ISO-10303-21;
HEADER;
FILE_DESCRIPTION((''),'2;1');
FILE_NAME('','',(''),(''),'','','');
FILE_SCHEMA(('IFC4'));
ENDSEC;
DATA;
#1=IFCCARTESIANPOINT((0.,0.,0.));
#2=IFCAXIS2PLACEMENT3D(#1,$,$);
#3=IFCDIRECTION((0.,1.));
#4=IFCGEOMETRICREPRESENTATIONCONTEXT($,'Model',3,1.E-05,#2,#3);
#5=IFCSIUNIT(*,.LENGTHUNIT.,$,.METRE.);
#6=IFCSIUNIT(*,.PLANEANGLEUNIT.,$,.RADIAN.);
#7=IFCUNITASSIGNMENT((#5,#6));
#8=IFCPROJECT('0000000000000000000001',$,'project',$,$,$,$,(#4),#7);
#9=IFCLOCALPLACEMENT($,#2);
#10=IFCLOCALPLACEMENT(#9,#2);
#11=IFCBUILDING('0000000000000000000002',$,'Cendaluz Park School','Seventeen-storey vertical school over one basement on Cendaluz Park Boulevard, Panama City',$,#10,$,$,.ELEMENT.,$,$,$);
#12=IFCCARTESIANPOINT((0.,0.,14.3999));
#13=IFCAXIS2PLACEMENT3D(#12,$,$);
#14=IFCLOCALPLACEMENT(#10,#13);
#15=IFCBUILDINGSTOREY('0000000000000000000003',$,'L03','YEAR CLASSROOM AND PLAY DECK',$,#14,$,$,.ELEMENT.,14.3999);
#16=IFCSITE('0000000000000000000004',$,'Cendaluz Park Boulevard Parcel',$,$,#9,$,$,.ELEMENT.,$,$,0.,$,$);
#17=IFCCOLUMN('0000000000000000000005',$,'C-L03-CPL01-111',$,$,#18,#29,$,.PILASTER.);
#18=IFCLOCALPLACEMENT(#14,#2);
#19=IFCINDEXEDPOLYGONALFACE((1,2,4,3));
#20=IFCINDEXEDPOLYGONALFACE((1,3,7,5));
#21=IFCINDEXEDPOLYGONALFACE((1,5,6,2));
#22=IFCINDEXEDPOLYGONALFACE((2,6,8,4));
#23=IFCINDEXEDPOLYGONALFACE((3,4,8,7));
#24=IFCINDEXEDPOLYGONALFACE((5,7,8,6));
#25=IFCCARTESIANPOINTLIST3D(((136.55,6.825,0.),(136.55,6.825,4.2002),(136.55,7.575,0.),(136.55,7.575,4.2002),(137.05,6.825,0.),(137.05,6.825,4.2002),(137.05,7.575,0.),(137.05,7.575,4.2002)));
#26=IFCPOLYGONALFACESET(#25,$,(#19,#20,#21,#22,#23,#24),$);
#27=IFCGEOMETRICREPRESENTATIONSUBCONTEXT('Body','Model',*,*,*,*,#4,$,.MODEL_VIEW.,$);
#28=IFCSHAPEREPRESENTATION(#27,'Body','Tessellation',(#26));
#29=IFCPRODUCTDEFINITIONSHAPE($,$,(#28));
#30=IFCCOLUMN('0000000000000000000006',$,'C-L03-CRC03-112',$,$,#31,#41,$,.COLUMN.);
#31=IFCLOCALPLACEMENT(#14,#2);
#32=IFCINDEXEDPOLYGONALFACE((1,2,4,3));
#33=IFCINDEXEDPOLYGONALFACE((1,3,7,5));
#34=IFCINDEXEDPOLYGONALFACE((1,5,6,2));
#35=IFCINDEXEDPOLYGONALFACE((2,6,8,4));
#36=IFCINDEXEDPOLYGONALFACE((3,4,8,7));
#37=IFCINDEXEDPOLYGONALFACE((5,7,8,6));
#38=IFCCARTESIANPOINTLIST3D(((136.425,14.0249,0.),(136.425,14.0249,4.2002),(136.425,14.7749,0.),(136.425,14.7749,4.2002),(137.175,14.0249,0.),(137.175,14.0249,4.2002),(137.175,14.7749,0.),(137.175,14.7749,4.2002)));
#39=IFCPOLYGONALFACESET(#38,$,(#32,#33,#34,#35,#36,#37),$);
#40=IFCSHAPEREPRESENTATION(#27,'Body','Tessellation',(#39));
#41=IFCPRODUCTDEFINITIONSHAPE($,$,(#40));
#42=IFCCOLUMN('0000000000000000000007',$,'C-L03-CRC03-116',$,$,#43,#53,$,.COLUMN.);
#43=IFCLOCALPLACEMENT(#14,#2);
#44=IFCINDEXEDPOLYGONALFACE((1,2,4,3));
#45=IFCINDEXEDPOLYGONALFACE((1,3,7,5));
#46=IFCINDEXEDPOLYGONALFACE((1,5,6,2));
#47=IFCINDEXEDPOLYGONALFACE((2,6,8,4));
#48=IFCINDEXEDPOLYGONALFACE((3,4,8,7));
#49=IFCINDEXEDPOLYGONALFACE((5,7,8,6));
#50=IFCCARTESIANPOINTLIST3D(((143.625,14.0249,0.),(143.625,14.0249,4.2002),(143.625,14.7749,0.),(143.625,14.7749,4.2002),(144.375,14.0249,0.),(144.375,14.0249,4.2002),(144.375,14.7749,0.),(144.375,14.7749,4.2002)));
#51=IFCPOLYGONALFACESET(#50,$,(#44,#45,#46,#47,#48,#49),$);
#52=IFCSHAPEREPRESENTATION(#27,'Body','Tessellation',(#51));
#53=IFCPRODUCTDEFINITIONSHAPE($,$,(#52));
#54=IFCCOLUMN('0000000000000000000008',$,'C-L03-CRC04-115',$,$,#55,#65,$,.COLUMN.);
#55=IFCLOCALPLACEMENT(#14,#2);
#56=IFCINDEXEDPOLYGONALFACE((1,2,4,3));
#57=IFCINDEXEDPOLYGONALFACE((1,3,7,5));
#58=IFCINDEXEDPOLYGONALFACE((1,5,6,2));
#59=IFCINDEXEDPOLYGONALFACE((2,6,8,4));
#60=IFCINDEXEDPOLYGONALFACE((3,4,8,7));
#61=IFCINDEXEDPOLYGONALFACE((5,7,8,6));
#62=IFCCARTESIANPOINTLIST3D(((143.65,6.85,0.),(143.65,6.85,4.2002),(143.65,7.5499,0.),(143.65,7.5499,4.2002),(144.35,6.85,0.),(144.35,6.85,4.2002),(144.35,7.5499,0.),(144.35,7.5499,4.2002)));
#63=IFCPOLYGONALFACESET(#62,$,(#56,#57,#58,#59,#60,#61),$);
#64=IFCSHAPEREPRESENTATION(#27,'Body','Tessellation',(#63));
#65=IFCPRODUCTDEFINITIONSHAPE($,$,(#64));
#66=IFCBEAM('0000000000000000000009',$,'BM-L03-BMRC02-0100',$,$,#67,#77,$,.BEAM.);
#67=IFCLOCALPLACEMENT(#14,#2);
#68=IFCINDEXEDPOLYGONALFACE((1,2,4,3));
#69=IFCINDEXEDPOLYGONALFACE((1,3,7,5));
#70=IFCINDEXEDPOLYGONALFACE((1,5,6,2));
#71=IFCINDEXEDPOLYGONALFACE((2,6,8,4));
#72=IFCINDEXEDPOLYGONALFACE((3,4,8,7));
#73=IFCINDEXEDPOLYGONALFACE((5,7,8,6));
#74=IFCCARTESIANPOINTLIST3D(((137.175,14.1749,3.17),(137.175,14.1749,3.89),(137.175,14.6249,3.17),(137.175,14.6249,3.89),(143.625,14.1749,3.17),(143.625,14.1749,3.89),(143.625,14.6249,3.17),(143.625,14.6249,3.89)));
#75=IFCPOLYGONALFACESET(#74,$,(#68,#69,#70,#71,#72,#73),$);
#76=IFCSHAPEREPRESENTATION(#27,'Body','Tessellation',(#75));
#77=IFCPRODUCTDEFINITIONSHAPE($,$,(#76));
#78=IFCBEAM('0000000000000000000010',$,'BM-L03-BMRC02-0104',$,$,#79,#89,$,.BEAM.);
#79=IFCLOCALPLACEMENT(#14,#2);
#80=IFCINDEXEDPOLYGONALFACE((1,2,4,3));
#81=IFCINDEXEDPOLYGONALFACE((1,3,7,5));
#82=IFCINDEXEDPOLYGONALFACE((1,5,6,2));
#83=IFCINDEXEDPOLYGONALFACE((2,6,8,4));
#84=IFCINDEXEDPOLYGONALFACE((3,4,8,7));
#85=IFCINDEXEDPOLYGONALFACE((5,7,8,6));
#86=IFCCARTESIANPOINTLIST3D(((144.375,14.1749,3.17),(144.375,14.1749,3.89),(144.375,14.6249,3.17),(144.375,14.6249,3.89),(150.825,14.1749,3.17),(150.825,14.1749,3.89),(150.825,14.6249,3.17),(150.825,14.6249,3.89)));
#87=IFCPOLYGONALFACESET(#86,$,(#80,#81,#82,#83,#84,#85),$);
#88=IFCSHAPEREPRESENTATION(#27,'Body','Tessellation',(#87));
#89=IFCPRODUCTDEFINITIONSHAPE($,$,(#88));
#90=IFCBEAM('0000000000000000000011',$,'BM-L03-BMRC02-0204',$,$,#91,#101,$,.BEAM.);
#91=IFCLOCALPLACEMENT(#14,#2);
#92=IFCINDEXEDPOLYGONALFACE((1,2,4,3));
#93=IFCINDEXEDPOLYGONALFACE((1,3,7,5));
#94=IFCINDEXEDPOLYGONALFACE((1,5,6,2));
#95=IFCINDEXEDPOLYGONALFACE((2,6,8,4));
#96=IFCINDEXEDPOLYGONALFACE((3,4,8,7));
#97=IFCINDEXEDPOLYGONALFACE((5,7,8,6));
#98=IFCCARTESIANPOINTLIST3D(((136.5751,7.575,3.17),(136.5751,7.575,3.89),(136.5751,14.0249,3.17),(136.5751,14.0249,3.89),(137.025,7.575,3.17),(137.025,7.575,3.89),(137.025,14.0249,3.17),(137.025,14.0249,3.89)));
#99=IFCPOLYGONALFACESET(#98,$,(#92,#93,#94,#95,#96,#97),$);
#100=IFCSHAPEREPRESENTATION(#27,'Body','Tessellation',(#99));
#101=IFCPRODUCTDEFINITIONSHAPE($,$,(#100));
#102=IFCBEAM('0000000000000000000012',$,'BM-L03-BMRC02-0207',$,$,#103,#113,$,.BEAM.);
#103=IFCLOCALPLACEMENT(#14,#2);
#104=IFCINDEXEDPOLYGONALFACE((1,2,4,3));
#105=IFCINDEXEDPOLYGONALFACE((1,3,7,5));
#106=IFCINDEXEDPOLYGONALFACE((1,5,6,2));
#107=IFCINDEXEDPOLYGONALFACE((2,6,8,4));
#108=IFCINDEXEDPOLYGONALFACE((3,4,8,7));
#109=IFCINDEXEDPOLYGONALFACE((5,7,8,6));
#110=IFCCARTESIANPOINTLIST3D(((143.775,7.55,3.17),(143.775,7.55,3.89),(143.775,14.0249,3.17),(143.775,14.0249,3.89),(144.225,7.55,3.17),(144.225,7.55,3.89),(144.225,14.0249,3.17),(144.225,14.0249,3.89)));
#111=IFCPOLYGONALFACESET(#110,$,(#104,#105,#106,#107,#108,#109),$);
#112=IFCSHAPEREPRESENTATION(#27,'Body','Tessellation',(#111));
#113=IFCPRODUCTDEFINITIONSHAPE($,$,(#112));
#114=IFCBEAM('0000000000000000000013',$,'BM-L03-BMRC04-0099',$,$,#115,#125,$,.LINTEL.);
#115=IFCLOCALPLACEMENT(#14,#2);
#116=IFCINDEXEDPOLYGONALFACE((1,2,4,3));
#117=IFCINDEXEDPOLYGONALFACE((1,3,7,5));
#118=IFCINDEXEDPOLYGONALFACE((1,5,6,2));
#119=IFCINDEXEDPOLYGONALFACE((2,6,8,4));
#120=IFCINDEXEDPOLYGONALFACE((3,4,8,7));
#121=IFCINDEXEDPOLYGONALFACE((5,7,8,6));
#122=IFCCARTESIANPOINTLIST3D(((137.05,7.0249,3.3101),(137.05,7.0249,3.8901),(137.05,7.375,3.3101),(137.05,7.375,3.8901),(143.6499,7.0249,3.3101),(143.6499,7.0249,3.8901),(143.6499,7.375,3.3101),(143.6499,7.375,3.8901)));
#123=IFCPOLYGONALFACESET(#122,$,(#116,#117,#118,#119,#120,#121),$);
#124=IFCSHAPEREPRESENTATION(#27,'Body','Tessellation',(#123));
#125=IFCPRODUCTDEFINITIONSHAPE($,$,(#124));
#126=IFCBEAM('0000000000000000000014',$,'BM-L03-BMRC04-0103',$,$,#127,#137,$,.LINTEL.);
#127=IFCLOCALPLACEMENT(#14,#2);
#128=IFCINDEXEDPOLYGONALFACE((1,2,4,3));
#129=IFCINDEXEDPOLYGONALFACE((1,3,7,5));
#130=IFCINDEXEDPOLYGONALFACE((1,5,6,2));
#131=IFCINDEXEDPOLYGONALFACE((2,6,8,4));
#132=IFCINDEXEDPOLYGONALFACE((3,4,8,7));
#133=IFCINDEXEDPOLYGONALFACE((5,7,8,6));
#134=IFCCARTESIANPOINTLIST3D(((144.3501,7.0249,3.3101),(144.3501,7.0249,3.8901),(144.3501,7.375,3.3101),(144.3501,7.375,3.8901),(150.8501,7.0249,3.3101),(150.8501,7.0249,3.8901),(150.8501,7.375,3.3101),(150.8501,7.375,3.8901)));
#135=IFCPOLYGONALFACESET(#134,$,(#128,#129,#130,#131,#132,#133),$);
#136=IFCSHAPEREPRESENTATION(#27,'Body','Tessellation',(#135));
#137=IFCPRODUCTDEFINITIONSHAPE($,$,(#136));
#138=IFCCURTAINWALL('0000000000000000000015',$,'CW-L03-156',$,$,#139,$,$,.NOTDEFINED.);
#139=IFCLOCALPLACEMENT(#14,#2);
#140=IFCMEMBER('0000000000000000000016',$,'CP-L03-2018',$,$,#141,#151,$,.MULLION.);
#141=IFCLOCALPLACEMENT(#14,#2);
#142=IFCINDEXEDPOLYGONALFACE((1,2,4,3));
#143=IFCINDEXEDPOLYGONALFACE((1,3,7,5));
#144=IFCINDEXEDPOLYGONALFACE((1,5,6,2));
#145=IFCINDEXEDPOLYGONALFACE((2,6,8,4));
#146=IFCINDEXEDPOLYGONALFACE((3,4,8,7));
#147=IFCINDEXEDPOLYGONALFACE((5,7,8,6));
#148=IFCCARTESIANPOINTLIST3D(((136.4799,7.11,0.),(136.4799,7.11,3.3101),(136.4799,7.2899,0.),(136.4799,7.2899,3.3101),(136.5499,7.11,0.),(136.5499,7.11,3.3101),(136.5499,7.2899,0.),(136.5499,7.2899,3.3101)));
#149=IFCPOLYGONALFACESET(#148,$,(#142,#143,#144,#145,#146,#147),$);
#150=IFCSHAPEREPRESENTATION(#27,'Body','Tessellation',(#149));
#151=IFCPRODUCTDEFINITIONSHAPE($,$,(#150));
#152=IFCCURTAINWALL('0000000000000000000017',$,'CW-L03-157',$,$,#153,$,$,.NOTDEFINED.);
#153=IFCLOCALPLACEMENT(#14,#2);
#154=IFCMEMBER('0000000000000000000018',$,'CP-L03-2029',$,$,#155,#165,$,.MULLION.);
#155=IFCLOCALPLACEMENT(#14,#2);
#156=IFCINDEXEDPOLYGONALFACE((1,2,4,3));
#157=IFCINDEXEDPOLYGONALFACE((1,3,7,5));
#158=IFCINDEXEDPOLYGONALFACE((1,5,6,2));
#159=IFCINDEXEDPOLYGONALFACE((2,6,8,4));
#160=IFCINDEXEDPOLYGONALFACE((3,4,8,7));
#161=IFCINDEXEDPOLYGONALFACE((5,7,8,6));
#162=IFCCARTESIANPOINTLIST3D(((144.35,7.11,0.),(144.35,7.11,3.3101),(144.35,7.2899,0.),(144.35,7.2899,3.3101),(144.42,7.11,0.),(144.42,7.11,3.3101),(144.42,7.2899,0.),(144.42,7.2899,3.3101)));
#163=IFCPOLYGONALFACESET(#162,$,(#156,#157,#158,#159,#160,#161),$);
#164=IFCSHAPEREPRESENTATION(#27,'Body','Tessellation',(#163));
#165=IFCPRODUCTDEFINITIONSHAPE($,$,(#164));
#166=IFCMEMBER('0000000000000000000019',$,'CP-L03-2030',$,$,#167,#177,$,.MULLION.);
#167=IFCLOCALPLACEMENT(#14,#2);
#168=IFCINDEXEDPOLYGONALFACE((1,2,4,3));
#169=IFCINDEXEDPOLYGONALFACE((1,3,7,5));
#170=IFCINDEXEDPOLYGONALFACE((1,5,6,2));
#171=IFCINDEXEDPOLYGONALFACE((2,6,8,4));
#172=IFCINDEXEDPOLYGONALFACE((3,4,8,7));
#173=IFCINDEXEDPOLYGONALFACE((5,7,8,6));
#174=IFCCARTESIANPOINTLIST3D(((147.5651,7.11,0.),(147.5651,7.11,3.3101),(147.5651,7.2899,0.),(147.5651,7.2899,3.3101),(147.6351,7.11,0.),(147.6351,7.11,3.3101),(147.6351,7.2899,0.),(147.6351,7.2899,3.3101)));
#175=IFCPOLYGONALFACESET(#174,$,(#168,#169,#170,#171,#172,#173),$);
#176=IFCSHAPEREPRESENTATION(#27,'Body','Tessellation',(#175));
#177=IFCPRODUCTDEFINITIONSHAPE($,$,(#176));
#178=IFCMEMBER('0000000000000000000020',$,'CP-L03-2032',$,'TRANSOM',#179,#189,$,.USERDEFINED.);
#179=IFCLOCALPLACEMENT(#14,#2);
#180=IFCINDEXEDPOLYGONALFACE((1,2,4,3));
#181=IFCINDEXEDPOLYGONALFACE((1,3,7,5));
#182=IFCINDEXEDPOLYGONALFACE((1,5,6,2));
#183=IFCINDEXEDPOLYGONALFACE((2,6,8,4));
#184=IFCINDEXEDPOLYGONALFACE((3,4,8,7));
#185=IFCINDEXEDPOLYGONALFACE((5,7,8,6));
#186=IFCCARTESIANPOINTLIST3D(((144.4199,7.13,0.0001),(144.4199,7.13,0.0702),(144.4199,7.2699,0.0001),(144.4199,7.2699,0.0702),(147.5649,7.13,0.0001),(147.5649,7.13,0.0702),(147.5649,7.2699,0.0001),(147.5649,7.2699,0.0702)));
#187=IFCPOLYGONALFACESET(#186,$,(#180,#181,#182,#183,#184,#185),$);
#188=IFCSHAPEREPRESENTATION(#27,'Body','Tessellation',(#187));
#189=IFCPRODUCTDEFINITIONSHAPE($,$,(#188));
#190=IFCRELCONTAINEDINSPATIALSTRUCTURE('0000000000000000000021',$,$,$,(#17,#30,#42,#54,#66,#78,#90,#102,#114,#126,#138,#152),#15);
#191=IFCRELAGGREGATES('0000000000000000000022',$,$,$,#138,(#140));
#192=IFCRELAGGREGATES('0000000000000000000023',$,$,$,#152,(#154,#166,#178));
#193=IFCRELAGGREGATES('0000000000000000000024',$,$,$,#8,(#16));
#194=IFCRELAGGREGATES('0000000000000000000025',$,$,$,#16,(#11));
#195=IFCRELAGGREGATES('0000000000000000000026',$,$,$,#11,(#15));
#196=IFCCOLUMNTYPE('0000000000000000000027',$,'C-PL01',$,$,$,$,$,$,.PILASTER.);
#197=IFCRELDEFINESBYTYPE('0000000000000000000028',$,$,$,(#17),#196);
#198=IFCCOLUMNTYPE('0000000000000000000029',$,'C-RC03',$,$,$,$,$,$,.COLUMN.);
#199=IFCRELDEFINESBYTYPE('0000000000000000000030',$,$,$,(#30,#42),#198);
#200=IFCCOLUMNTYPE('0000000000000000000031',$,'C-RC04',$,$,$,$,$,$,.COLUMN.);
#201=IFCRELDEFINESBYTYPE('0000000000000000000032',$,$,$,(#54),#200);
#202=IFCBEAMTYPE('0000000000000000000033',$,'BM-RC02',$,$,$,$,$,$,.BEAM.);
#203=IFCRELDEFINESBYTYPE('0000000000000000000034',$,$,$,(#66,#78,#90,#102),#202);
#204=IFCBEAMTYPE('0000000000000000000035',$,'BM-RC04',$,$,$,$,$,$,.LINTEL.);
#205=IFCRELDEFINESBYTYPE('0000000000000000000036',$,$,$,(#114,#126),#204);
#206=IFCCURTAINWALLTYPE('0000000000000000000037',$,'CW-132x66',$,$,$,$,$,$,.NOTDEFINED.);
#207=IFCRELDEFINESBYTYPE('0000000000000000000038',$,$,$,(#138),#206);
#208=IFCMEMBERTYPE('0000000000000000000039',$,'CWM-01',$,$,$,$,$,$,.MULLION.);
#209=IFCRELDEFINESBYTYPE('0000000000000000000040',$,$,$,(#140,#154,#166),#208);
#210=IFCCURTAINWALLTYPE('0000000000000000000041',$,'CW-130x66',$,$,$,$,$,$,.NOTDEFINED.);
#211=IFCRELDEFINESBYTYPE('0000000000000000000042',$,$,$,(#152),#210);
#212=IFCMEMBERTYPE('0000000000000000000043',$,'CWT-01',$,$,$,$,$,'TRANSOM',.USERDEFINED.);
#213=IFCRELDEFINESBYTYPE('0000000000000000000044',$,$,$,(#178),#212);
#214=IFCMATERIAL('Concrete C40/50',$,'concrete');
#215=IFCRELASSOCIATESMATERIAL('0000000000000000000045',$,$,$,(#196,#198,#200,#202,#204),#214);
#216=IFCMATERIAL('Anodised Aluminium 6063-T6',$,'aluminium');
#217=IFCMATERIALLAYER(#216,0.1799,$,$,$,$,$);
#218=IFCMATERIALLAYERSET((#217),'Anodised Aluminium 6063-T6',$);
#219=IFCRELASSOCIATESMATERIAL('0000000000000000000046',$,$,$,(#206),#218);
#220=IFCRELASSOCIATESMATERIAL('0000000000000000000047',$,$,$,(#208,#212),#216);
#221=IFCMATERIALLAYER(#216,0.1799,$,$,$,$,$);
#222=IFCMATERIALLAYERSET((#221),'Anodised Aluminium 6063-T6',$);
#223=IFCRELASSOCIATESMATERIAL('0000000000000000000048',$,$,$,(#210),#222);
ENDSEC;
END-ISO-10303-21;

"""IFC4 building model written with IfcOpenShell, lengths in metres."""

from ifc_helpers import new_model, si_unit, direction, frame, origin, origin_2d, place, context, subcontext, project, spatial, rectangle, extrude, material, layer, layer_set, material_profile, profile_set, type_object, element, aggregate, save


model = new_model("IFC4")

# Units and contexts
model_context = context("Model", 3, precision=1e-05, world=origin(), true_north=direction((0.0, 1.0)))
body_context = subcontext(model_context, "Body", "Model", "MODEL_VIEW")
ifc_project = project(units=[si_unit("LENGTHUNIT", "METRE"), si_unit("PLANEANGLEUNIT", "RADIAN")], contexts=[model_context])

# Site, building, storey
site_placement = place(None, origin())
site = spatial("IfcSite", under=ifc_project, at=site_placement, Name="Cendaluz Park Boulevard Parcel", CompositionType="ELEMENT", RefElevation=0.0)
building_placement = place(site_placement, origin())
building = spatial("IfcBuilding", under=site, at=building_placement, Name="Cendaluz Park School", Description="Seventeen-storey vertical school over one basement on Cendaluz Park Boulevard, Panama City", CompositionType="ELEMENT")
storey_placement = place(building_placement, frame((0.0, 0.0, 14.3999)))
storey = spatial("IfcBuildingStorey", under=building, at=storey_placement, Name="L03", Description="YEAR CLASSROOM AND PLAY DECK", CompositionType="ELEMENT", Elevation=14.3999)

# Columns
ifc_material_1 = material(Name="Concrete C40/50", Category="concrete")
ifc_material_profile_1 = material_profile(ifc_material_1, rectangle(XDim=0.5, YDim=0.75, at=origin_2d()), Name="RC 500x750", Category="concrete")
ifc_profile_set_1 = profile_set([ifc_material_profile_1], Name="Concrete C40/50")
column_type_1 = type_object("IfcColumnType", Name="C-PL01", PredefinedType="PILASTER", material=ifc_profile_set_1)
column_1_placement = place(storey_placement, frame((136.8, 7.2, 0.0), z_axis=(0.0, 0.0, 1.0), x_axis=(1.0, 0.0, 0.0)))
element("IfcColumn", 1, at=column_1_placement, inside=storey, type_object=column_type_1, Name="C-L03-CPL01-111", PredefinedType="PILASTER", context=body_context, shape_type="SweptSolid", body=[
    extrude(rectangle(XDim=0.5, YDim=0.75, at=origin_2d()), origin(), (0.0, 0.0, 1.0), 4.2002),
])
ifc_material_profile_2 = material_profile(ifc_material_1, rectangle(XDim=0.75, YDim=0.75, at=origin_2d()), Name="RC 750x750", Category="concrete")
ifc_profile_set_2 = profile_set([ifc_material_profile_2], Name="Concrete C40/50")
column_type_2 = type_object("IfcColumnType", Name="C-RC03", PredefinedType="COLUMN", material=ifc_profile_set_2)
for number, where, z_axis, x_axis, name in (
    (2, (136.8, 14.3999, 0.0), (0.0, 0.0, 1.0), (1.0, 0.0, 0.0), "C-L03-CRC03-112"),
    (3, (144.0, 14.3999, 0.0), (0.0, 0.0, 1.0), (1.0, 0.0, 0.0), "C-L03-CRC03-116"),
):
    element("IfcColumn", number, at=place(storey_placement, frame(where, z_axis=z_axis, x_axis=x_axis)), inside=storey, type_object=column_type_2, Name=name, PredefinedType="COLUMN", context=body_context, shape_type="SweptSolid", body=[
        extrude(rectangle(XDim=0.75, YDim=0.75, at=origin_2d()), origin(), (0.0, 0.0, 1.0), 4.2002),
    ])
ifc_material_profile_3 = material_profile(ifc_material_1, rectangle(XDim=0.7, YDim=0.7, at=origin_2d()), Name="RC 700x700", Category="concrete")
ifc_profile_set_3 = profile_set([ifc_material_profile_3], Name="Concrete C40/50")
column_type_3 = type_object("IfcColumnType", Name="C-RC04", PredefinedType="COLUMN", material=ifc_profile_set_3)
column_2_placement = place(storey_placement, frame((144.0, 7.2, 0.0), z_axis=(0.0, 0.0, 1.0), x_axis=(1.0, 0.0, 0.0)))
element("IfcColumn", 4, at=column_2_placement, inside=storey, type_object=column_type_3, Name="C-L03-CRC04-115", PredefinedType="COLUMN", context=body_context, shape_type="SweptSolid", body=[
    extrude(rectangle(XDim=0.7, YDim=0.7, at=origin_2d()), origin(), (0.0, 0.0, 1.0), 4.2002),
])

# Beams
ifc_material_profile_4 = material_profile(ifc_material_1, rectangle(XDim=0.45, YDim=0.72, at=origin_2d()), Name="RC 450x720", Category="concrete")
ifc_profile_set_4 = profile_set([ifc_material_profile_4], Name="Concrete C40/50")
beam_type_1 = type_object("IfcBeamType", Name="BM-RC02", PredefinedType="BEAM", material=ifc_profile_set_4)
for number, where, z_axis, x_axis, name in (
    (5, (137.175, 14.3999, 3.53), (1.0, 0.0, 0.0), (0.0, 1.0, 0.0), "BM-L03-BMRC02-0100"),
    (6, (144.375, 14.3999, 3.53), (1.0, 0.0, 0.0), (0.0, 1.0, 0.0), "BM-L03-BMRC02-0104"),
    (7, (136.8, 7.575, 3.53), (0.0, 1.0, 0.0), (-1.0, 0.0, 0.0), "BM-L03-BMRC02-0204"),
):
    element("IfcBeam", number, at=place(storey_placement, frame(where, z_axis=z_axis, x_axis=x_axis)), inside=storey, type_object=beam_type_1, Name=name, PredefinedType="BEAM", context=body_context, shape_type="SweptSolid", body=[
        extrude(rectangle(XDim=0.45, YDim=0.72, at=origin_2d()), origin(), (0.0, 0.0, 1.0), 6.45),
    ])
beam_1_placement = place(storey_placement, frame((144.0, 7.55, 3.53), z_axis=(0.0, 1.0, 0.0), x_axis=(-1.0, 0.0, 0.0)))
element("IfcBeam", 8, at=beam_1_placement, inside=storey, type_object=beam_type_1, Name="BM-L03-BMRC02-0207", PredefinedType="BEAM", context=body_context, shape_type="SweptSolid", body=[
    extrude(rectangle(XDim=0.45, YDim=0.72, at=origin_2d()), origin(), (0.0, 0.0, 1.0), 6.4749),
])
ifc_material_profile_5 = material_profile(ifc_material_1, rectangle(XDim=0.3501, YDim=0.5801, at=origin_2d()), Name="RC 350x580", Category="concrete")
ifc_profile_set_5 = profile_set([ifc_material_profile_5], Name="Concrete C40/50")
beam_type_2 = type_object("IfcBeamType", Name="BM-RC04", PredefinedType="LINTEL", material=ifc_profile_set_5)
beam_2_placement = place(storey_placement, frame((137.05, 7.2, 3.6001), z_axis=(1.0, 0.0, 0.0), x_axis=(0.0, 1.0, 0.0)))
element("IfcBeam", 9, at=beam_2_placement, inside=storey, type_object=beam_type_2, Name="BM-L03-BMRC04-0099", PredefinedType="LINTEL", context=body_context, shape_type="SweptSolid", body=[
    extrude(rectangle(XDim=0.3501, YDim=0.5801, at=origin_2d()), origin(), (0.0, 0.0, 1.0), 6.5999),
])
beam_3_placement = place(storey_placement, frame((144.3501, 7.2, 3.6001), z_axis=(1.0, 0.0, 0.0), x_axis=(0.0, 1.0, 0.0)))
element("IfcBeam", 10, at=beam_3_placement, inside=storey, type_object=beam_type_2, Name="BM-L03-BMRC04-0103", PredefinedType="LINTEL", context=body_context, shape_type="SweptSolid", body=[
    extrude(rectangle(XDim=0.3501, YDim=0.5801, at=origin_2d()), origin(), (0.0, 0.0, 1.0), 6.5),
])

# Curtain wall, member
ifc_material_2 = material(Name="Anodised Aluminium 6063-T6", Category="aluminium")
ifc_layer_1 = layer(ifc_material_2, 0.1799)
ifc_layer_set_1 = layer_set([ifc_layer_1], Name="Anodised Aluminium 6063-T6")
curtain_wall_type_1 = type_object("IfcCurtainWallType", Name="CW-132x66", PredefinedType="NOTDEFINED", material=ifc_layer_set_1)
curtain_wall_1_placement = place(storey_placement, origin())
curtain_wall_1 = element("IfcCurtainWall", 11, at=curtain_wall_1_placement, inside=storey, type_object=curtain_wall_type_1, Name="CW-L03-156", PredefinedType="NOTDEFINED")
ifc_material_profile_6 = material_profile(ifc_material_2, rectangle(XDim=0.1799, YDim=0.0701, at=origin_2d()), Name="CWM 180x70", Category="aluminium")
ifc_profile_set_6 = profile_set([ifc_material_profile_6], Name="Anodised Aluminium 6063-T6")
member_type_1 = type_object("IfcMemberType", Name="CWM-01", PredefinedType="MULLION", material=ifc_profile_set_6)
member_1_placement = place(storey_placement, frame((136.5149, 7.2, 0.0), z_axis=(0.0, 0.0, 1.0), x_axis=(0.0, 1.0, 0.0)))
member_1 = element("IfcMember", 12, at=member_1_placement, type_object=member_type_1, Name="CP-L03-2018", PredefinedType="MULLION", context=body_context, shape_type="SweptSolid", body=[
    extrude(rectangle(XDim=0.1799, YDim=0.0701, at=origin_2d()), origin(), (0.0, 0.0, 1.0), 3.3101),
])
aggregate(curtain_wall_1, [member_1])

# Curtain wall, members
ifc_layer_2 = layer(ifc_material_2, 0.1799)
ifc_layer_set_2 = layer_set([ifc_layer_2], Name="Anodised Aluminium 6063-T6")
curtain_wall_type_2 = type_object("IfcCurtainWallType", Name="CW-130x66", PredefinedType="NOTDEFINED", material=ifc_layer_set_2)
curtain_wall_2_placement = place(storey_placement, origin())
curtain_wall_2 = element("IfcCurtainWall", 13, at=curtain_wall_2_placement, inside=storey, type_object=curtain_wall_type_2, Name="CW-L03-157", PredefinedType="NOTDEFINED")
member_2_placement = place(storey_placement, frame((144.385, 7.2, 0.0), z_axis=(0.0, 0.0, 1.0), x_axis=(0.0, 1.0, 0.0)))
member_2 = element("IfcMember", 14, at=member_2_placement, type_object=member_type_1, Name="CP-L03-2029", PredefinedType="MULLION", context=body_context, shape_type="SweptSolid", body=[
    extrude(rectangle(XDim=0.1799, YDim=0.0701, at=origin_2d()), origin(), (0.0, 0.0, 1.0), 3.3101),
])
member_3_placement = place(storey_placement, frame((147.6001, 7.2, 0.0), z_axis=(0.0, 0.0, 1.0), x_axis=(0.0, 1.0, 0.0)))
member_3 = element("IfcMember", 15, at=member_3_placement, type_object=member_type_1, Name="CP-L03-2030", PredefinedType="MULLION", context=body_context, shape_type="SweptSolid", body=[
    extrude(rectangle(XDim=0.1799, YDim=0.0701, at=origin_2d()), origin(), (0.0, 0.0, 1.0), 3.3101),
])
ifc_material_profile_7 = material_profile(ifc_material_2, rectangle(XDim=0.1399, YDim=0.0701, at=origin_2d()), Name="CWT 140x70", Category="aluminium")
ifc_profile_set_7 = profile_set([ifc_material_profile_7], Name="Anodised Aluminium 6063-T6")
member_type_2 = type_object("IfcMemberType", Name="CWT-01", ElementType="TRANSOM", PredefinedType="USERDEFINED", material=ifc_profile_set_7)
member_4_placement = place(storey_placement, frame((144.4199, 7.2, 0.0352), z_axis=(1.0, 0.0, 0.0), x_axis=(0.0, 1.0, 0.0)))
member_4 = element("IfcMember", 16, at=member_4_placement, type_object=member_type_2, Name="CP-L03-2032", ObjectType="TRANSOM", PredefinedType="USERDEFINED", context=body_context, shape_type="SweptSolid", body=[
    extrude(rectangle(XDim=0.1399, YDim=0.0701, at=origin_2d()), origin(), (0.0, 0.0, 1.0), 3.145),
])

aggregate(curtain_wall_2, [member_2, member_3, member_4])

save(model, "model.ifc")
